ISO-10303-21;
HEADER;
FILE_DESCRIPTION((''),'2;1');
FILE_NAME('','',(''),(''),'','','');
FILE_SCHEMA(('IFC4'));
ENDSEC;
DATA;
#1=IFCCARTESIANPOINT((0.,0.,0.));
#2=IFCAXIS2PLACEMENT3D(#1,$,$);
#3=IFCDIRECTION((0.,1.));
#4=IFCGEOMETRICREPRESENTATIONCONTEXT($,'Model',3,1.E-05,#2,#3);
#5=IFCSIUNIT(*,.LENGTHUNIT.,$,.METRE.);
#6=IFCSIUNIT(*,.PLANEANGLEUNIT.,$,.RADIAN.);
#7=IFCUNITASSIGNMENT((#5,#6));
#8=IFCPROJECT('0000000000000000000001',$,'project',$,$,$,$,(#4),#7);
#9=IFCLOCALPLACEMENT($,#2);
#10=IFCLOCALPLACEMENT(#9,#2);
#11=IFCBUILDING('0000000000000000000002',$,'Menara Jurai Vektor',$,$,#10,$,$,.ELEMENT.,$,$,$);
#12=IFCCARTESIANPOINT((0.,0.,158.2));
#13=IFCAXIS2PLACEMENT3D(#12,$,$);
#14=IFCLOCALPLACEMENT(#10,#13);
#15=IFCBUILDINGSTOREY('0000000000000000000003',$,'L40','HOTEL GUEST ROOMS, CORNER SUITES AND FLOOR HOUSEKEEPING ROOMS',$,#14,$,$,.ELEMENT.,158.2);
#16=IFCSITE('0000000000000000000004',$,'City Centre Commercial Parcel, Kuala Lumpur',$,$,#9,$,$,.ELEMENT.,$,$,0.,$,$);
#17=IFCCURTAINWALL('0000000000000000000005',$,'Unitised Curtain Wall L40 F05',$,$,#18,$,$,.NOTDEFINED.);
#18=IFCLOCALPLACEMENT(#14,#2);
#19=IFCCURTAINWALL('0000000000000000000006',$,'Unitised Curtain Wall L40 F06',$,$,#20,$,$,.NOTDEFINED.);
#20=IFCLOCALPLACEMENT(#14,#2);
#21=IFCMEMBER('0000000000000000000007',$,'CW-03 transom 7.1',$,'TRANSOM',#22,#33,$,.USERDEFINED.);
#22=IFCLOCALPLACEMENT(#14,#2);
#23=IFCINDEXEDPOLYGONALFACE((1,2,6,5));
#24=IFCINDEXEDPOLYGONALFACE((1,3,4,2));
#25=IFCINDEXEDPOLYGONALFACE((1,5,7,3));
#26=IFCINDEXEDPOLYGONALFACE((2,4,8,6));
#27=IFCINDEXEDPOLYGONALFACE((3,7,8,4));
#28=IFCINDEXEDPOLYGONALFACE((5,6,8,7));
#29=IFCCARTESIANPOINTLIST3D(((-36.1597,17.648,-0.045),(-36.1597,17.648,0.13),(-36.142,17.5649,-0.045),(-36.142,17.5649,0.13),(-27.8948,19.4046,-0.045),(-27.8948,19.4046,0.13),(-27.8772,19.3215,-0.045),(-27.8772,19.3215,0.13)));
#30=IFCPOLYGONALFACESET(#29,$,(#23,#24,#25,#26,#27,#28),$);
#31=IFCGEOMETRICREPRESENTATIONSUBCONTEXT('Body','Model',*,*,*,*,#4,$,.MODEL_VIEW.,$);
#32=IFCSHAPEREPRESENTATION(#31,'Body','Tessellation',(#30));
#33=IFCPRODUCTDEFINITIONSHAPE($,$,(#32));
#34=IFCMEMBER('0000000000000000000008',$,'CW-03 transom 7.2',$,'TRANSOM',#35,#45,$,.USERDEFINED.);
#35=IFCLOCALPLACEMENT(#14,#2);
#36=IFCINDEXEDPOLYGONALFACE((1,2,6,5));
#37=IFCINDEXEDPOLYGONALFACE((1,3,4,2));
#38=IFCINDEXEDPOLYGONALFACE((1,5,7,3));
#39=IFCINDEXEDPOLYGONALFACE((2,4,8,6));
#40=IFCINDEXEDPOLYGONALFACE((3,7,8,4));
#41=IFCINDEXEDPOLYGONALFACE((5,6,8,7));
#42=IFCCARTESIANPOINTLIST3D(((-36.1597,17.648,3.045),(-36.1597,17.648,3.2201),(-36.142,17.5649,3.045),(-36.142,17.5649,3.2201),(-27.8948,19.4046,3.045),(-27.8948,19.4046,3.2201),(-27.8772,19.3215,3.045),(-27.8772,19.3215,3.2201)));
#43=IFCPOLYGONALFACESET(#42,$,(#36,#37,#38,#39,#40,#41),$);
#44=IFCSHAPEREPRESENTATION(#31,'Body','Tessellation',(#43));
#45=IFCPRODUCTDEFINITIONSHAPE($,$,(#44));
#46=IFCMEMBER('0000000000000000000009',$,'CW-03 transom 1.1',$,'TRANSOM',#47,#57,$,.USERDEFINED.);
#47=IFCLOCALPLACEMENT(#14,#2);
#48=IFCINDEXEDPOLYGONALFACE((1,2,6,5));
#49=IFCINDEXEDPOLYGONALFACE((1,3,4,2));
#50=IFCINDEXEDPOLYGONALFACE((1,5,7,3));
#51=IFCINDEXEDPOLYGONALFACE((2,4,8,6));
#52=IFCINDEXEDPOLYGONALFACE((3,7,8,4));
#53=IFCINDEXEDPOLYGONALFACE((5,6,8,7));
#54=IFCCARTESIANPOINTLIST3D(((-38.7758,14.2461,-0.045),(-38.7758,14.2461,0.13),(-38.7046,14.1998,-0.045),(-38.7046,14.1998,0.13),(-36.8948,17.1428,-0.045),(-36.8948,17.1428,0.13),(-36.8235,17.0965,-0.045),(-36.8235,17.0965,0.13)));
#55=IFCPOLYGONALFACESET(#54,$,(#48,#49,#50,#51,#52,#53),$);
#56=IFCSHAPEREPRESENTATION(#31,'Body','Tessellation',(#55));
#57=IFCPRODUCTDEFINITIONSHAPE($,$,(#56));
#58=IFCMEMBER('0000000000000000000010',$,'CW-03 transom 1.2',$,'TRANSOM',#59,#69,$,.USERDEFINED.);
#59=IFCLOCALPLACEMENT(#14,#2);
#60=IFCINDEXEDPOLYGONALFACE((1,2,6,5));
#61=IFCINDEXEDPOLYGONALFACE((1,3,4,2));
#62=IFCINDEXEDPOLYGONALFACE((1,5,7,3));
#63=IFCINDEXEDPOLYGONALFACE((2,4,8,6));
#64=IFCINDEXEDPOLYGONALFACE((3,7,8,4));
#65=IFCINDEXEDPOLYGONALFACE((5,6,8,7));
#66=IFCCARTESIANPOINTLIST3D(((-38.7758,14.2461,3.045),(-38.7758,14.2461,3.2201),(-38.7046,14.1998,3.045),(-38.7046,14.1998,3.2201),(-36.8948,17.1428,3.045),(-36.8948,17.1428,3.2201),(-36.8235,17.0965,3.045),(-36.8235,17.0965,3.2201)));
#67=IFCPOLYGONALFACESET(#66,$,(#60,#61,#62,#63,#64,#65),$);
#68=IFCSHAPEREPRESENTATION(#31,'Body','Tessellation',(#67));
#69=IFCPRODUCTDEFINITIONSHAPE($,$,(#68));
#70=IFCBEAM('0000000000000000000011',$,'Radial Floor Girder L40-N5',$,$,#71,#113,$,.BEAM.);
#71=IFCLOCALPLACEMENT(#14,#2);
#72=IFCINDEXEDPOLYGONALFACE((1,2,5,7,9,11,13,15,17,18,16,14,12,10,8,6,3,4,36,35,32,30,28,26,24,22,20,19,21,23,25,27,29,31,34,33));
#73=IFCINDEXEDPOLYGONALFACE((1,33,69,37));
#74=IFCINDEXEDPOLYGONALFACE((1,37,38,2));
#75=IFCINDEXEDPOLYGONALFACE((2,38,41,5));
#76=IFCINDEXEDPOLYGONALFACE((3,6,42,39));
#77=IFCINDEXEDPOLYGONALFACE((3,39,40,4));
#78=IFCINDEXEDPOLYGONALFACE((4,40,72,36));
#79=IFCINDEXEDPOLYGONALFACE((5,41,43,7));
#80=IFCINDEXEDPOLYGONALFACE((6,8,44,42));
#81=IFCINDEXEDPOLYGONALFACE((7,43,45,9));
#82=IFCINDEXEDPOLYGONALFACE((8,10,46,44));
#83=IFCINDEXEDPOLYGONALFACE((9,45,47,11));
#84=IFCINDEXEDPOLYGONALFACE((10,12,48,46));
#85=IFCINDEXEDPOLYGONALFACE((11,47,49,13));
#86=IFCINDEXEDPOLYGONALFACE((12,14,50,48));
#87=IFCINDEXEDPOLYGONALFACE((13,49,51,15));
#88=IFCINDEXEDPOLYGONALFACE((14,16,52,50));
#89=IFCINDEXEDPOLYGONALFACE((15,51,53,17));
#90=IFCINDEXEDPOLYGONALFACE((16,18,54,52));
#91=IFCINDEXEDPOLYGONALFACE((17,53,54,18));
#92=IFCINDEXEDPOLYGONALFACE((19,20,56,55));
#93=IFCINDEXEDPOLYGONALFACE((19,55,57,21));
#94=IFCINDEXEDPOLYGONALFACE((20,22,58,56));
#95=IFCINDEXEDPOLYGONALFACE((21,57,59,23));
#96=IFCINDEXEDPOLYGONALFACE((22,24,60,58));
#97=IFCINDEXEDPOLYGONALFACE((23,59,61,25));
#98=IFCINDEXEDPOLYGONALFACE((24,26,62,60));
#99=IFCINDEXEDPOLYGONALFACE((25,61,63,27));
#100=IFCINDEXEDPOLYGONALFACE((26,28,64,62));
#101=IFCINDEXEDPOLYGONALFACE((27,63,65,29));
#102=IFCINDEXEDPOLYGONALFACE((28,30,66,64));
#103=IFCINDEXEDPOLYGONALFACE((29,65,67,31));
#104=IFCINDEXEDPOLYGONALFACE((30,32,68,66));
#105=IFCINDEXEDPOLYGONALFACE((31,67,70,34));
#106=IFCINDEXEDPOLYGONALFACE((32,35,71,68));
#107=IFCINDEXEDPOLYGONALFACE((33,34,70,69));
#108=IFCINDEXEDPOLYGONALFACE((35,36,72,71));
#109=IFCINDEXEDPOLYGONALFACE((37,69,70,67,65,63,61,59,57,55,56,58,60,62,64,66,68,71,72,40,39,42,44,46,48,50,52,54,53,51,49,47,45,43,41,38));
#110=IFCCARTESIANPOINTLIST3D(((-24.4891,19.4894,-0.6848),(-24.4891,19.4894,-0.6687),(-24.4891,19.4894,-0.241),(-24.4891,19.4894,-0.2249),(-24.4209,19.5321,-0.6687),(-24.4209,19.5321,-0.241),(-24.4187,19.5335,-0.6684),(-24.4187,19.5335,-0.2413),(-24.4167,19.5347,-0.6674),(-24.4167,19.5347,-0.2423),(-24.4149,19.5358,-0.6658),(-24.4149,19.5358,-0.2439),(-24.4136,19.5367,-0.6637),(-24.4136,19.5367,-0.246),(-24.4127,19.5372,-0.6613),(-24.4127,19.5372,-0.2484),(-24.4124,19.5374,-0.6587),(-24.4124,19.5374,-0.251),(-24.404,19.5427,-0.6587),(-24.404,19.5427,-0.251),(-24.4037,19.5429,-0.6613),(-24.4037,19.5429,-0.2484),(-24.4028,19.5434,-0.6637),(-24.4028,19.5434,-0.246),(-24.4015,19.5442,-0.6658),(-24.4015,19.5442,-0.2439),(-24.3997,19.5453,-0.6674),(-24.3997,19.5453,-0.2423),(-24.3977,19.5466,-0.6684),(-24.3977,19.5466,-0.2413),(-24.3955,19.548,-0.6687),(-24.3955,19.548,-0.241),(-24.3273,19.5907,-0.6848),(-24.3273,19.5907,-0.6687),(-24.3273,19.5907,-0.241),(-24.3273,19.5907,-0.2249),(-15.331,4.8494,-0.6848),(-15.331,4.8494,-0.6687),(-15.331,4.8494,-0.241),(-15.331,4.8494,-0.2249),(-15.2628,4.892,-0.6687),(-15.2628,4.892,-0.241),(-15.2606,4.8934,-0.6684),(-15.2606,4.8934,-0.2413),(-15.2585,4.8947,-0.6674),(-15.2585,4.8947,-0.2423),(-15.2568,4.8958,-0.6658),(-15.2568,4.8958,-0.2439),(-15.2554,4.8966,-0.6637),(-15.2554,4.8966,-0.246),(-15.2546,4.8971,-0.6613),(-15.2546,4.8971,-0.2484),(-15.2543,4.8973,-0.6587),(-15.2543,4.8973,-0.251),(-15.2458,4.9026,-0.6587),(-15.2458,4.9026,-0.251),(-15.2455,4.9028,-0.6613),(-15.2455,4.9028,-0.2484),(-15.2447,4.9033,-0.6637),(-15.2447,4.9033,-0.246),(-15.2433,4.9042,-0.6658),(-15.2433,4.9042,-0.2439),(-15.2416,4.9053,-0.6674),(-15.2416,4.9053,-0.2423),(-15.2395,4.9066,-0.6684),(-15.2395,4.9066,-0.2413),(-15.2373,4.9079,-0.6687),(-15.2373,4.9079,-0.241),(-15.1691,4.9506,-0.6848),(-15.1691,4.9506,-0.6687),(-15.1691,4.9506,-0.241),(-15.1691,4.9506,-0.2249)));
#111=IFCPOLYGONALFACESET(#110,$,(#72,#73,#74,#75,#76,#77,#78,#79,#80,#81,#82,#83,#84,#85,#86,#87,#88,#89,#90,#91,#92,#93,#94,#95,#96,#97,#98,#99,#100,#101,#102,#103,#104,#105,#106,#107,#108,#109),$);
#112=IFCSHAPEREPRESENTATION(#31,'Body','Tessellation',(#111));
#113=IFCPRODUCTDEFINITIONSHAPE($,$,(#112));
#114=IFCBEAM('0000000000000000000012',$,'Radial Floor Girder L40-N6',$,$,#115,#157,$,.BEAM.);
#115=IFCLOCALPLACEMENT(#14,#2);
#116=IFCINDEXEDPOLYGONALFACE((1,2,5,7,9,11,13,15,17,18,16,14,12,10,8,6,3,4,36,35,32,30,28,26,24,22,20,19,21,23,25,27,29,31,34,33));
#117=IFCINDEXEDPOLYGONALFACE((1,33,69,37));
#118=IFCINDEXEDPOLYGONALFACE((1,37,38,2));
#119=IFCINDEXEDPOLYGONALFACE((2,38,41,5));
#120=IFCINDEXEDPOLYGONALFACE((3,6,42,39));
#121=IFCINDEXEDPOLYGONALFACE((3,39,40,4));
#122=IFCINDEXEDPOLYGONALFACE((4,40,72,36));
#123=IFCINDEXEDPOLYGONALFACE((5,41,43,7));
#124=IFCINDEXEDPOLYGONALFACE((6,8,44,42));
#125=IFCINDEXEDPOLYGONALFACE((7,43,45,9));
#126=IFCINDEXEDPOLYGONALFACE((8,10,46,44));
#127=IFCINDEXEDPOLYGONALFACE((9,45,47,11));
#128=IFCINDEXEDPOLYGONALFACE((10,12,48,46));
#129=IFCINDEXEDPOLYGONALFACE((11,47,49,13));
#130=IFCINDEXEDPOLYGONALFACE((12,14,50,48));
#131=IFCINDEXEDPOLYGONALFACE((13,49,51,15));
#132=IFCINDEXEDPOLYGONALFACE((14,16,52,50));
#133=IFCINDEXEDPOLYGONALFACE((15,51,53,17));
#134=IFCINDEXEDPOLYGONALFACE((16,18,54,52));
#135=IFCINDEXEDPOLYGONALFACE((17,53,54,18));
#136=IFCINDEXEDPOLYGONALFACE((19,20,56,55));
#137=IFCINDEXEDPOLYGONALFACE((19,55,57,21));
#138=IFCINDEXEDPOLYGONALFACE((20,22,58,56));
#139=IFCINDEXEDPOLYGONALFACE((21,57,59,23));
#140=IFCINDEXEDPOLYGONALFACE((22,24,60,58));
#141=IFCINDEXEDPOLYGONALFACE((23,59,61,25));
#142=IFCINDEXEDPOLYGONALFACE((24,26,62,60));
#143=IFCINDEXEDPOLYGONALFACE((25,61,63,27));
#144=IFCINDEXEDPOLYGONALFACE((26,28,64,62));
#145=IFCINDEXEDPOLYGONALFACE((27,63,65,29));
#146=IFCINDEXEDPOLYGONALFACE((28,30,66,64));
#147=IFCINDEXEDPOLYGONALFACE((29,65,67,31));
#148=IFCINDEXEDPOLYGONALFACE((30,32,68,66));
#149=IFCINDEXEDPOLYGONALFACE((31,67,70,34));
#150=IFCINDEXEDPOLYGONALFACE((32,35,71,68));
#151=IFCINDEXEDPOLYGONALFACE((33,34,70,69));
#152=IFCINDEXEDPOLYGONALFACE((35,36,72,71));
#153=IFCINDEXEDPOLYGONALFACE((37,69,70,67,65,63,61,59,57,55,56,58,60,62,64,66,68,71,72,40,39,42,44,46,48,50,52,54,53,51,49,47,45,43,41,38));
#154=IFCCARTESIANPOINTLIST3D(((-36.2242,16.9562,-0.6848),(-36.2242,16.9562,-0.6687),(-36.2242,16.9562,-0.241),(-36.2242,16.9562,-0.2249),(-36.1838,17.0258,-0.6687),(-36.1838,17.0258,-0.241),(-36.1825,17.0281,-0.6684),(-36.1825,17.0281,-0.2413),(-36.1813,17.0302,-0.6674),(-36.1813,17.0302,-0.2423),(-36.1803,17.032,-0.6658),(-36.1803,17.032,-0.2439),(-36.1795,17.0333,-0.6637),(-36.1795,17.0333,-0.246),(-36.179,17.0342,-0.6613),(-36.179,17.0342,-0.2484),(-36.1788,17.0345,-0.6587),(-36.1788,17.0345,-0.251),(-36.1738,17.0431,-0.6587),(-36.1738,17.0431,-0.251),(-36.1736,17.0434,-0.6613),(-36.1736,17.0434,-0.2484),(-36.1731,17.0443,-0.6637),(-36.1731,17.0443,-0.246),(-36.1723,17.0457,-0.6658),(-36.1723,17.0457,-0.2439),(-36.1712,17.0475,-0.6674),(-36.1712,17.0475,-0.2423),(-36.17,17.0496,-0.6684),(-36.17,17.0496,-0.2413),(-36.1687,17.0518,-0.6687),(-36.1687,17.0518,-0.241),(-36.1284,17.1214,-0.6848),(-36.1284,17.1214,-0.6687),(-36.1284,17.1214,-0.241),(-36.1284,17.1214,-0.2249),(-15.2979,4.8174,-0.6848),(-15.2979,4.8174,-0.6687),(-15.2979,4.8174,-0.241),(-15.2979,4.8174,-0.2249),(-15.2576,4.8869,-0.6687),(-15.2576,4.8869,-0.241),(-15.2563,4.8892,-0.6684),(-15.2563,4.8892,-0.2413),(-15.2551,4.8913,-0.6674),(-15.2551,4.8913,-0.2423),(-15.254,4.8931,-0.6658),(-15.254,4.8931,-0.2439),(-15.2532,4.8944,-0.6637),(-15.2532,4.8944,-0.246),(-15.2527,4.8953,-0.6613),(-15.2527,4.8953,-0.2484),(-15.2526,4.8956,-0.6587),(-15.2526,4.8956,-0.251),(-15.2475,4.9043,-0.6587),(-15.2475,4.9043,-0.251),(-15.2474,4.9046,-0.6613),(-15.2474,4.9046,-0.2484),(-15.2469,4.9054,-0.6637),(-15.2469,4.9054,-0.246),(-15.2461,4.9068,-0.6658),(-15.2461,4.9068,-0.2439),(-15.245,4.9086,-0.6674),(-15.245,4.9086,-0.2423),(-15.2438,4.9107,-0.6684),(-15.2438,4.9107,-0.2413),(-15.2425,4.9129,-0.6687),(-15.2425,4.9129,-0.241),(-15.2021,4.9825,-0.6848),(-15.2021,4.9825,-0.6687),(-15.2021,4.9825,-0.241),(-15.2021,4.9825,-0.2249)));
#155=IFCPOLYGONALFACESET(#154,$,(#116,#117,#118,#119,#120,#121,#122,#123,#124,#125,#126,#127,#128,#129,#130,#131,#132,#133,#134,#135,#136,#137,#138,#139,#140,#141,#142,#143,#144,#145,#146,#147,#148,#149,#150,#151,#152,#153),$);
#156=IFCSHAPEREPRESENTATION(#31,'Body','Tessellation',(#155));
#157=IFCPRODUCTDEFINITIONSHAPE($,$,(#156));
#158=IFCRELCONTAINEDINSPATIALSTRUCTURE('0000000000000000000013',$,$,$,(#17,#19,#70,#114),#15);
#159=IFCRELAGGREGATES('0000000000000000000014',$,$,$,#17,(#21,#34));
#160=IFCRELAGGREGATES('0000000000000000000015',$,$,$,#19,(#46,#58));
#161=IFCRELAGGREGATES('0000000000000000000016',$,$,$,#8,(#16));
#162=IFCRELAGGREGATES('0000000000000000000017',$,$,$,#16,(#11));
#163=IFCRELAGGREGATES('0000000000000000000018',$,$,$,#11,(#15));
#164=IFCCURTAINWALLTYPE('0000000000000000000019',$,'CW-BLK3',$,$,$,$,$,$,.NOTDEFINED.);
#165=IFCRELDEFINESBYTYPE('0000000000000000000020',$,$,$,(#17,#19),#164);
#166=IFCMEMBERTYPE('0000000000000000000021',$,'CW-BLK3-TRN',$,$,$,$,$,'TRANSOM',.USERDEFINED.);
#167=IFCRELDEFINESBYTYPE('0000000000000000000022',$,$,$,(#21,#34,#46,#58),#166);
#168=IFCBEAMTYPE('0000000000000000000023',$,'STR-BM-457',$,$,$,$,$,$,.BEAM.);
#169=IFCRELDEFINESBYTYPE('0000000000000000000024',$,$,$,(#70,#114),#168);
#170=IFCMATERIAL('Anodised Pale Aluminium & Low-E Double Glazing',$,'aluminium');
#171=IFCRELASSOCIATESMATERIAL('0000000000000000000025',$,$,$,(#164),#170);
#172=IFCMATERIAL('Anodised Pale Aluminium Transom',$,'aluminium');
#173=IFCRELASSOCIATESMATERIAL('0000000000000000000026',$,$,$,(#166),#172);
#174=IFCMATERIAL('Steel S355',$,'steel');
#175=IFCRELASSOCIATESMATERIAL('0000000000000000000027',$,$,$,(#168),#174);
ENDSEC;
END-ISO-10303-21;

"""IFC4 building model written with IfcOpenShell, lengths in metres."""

from ifc_helpers import new_model, si_unit, direction, frame, origin, origin_2d, place, context, subcontext, project, spatial, rectangle, i_section, extrude, material, material_profile, profile_set, type_object, element, aggregate, save


model = new_model("IFC4")

# Units and contexts
model_context = context("Model", 3, precision=1e-05, world=origin(), true_north=direction((0.0, 1.0)))
body_context = subcontext(model_context, "Body", "Model", "MODEL_VIEW")
ifc_project = project(units=[si_unit("LENGTHUNIT", "METRE"), si_unit("PLANEANGLEUNIT", "RADIAN")], contexts=[model_context])

# Site, building, storey
site_placement = place(None, origin())
site = spatial("IfcSite", under=ifc_project, at=site_placement, Name="City Centre Commercial Parcel, Kuala Lumpur", CompositionType="ELEMENT", RefElevation=0.0)
building_placement = place(site_placement, origin())
building = spatial("IfcBuilding", under=site, at=building_placement, Name="Menara Jurai Vektor", CompositionType="ELEMENT")
storey_placement = place(building_placement, frame((0.0, 0.0, 158.2)))
storey = spatial("IfcBuildingStorey", under=building, at=storey_placement, Name="L40", Description="HOTEL GUEST ROOMS, CORNER SUITES AND FLOOR HOUSEKEEPING ROOMS", CompositionType="ELEMENT", Elevation=158.2)

# Curtain walls
ifc_material_1 = material(Name="Anodised Pale Aluminium & Low-E Double Glazing", Category="aluminium")
curtain_wall_type = type_object("IfcCurtainWallType", Name="CW-BLK3", PredefinedType="NOTDEFINED", material=ifc_material_1)
curtain_wall_1_placement = place(storey_placement, origin())
curtain_wall_1 = element("IfcCurtainWall", 1, at=curtain_wall_1_placement, inside=storey, type_object=curtain_wall_type, Name="Unitised Curtain Wall L40 F05", PredefinedType="NOTDEFINED")
curtain_wall_2_placement = place(storey_placement, origin())
curtain_wall_2 = element("IfcCurtainWall", 2, at=curtain_wall_2_placement, inside=storey, type_object=curtain_wall_type, Name="Unitised Curtain Wall L40 F06", PredefinedType="NOTDEFINED")

# Members
ifc_material_2 = material(Name="Anodised Pale Aluminium Transom", Category="aluminium")
ifc_material_profile_1 = material_profile(ifc_material_2, rectangle(XDim=0.085, YDim=0.175, at=origin_2d()), Name="ALU TRN 85x175")
ifc_profile_set_1 = profile_set([ifc_material_profile_1], Name="Anodised Pale Aluminium Transom")
member_type_1 = type_object("IfcMemberType", Name="CW-BLK3-TRN", ElementType="TRANSOM", PredefinedType="USERDEFINED", material=ifc_profile_set_1)
member_1_placement = place(storey_placement, frame((-27.886, 19.363, 0.0425), z_axis=(-0.978152, -0.207893, 0.0), x_axis=(0.207893, -0.978152, 0.0)))
member_1 = element("IfcMember", 3, at=member_1_placement, type_object=member_type_1, Name="CW-03 transom 7.1", ObjectType="TRANSOM", PredefinedType="USERDEFINED", context=body_context, shape_type="SweptSolid", body=[
    extrude(rectangle(XDim=0.085, YDim=0.175, at=origin_2d()), origin(), (0.0, 0.0, 1.0), 8.4495),
])
member_2_placement = place(storey_placement, frame((-27.886, 19.363, 3.1326), z_axis=(-0.978152, -0.207893, 0.0), x_axis=(0.207893, -0.978152, 0.0)))
member_2 = element("IfcMember", 4, at=member_2_placement, type_object=member_type_1, Name="CW-03 transom 7.2", ObjectType="TRANSOM", PredefinedType="USERDEFINED", context=body_context, shape_type="SweptSolid", body=[
    extrude(rectangle(XDim=0.085, YDim=0.175, at=origin_2d()), origin(), (0.0, 0.0, 1.0), 8.4495),
])
member_3_placement = place(storey_placement, frame((-36.8591, 17.1196, 0.0425), z_axis=(-0.544628, -0.838678, 0.0), x_axis=(0.838678, -0.544628, 0.0)))
member_3 = element("IfcMember", 5, at=member_3_placement, type_object=member_type_1, Name="CW-03 transom 1.1", ObjectType="TRANSOM", PredefinedType="USERDEFINED", context=body_context, shape_type="SweptSolid", body=[
    extrude(rectangle(XDim=0.085, YDim=0.175, at=origin_2d()), origin(), (0.0, 0.0, 1.0), 3.4539),
])
member_4_placement = place(storey_placement, frame((-36.8591, 17.1196, 3.1326), z_axis=(-0.544628, -0.838678, 0.0), x_axis=(0.838678, -0.544628, 0.0)))
member_4 = element("IfcMember", 6, at=member_4_placement, type_object=member_type_1, Name="CW-03 transom 1.2", ObjectType="TRANSOM", PredefinedType="USERDEFINED", context=body_context, shape_type="SweptSolid", body=[
    extrude(rectangle(XDim=0.085, YDim=0.175, at=origin_2d()), origin(), (0.0, 0.0, 1.0), 3.4539),
])

# Beams
ifc_material_3 = material(Name="Steel S355", Category="steel")
ifc_material_profile_2 = material_profile(ifc_material_3, i_section(OverallWidth=0.1909, OverallDepth=0.46, WebThickness=0.01, FlangeThickness=0.0161, FilletRadius=0.01, at=origin_2d()), Name="UKB 457x191x82")
ifc_profile_set_2 = profile_set([ifc_material_profile_2], Name="Steel S355")
beam_type_1 = type_object("IfcBeamType", Name="STR-BM-457", PredefinedType="BEAM", material=ifc_profile_set_2)
beam_1_placement = place(storey_placement, frame((-24.4082, 19.54, -0.4548), z_axis=(0.530337, -0.847787, 0.0), x_axis=(0.847787, 0.530337, 0.0)))
element("IfcBeam", 7, at=beam_1_placement, inside=storey, type_object=beam_type_1, Name="Radial Floor Girder L40-N5", PredefinedType="BEAM", context=body_context, shape_type="SweptSolid", body=[
    extrude(i_section(OverallWidth=0.1909, OverallDepth=0.46, WebThickness=0.01, FlangeThickness=0.0161, FilletRadius=0.01, at=origin_2d()), origin(), (0.0, 0.0, 1.0), 17.2686),
])
beam_2_placement = place(storey_placement, frame((-36.1763, 17.0388, -0.4548), z_axis=(0.865001, -0.50177, 0.0), x_axis=(0.50177, 0.865001, 0.0)))
element("IfcBeam", 8, at=beam_2_placement, inside=storey, type_object=beam_type_1, Name="Radial Floor Girder L40-N6", PredefinedType="BEAM", context=body_context, shape_type="SweptSolid", body=[
    extrude(i_section(OverallWidth=0.1909, OverallDepth=0.46, WebThickness=0.01, FlangeThickness=0.0161, FilletRadius=0.01, at=origin_2d()), origin(), (0.0, 0.0, 1.0), 24.1921),
])

aggregate(curtain_wall_1, [member_1, member_2])
aggregate(curtain_wall_2, [member_3, member_4])

save(model, "model.ifc")
